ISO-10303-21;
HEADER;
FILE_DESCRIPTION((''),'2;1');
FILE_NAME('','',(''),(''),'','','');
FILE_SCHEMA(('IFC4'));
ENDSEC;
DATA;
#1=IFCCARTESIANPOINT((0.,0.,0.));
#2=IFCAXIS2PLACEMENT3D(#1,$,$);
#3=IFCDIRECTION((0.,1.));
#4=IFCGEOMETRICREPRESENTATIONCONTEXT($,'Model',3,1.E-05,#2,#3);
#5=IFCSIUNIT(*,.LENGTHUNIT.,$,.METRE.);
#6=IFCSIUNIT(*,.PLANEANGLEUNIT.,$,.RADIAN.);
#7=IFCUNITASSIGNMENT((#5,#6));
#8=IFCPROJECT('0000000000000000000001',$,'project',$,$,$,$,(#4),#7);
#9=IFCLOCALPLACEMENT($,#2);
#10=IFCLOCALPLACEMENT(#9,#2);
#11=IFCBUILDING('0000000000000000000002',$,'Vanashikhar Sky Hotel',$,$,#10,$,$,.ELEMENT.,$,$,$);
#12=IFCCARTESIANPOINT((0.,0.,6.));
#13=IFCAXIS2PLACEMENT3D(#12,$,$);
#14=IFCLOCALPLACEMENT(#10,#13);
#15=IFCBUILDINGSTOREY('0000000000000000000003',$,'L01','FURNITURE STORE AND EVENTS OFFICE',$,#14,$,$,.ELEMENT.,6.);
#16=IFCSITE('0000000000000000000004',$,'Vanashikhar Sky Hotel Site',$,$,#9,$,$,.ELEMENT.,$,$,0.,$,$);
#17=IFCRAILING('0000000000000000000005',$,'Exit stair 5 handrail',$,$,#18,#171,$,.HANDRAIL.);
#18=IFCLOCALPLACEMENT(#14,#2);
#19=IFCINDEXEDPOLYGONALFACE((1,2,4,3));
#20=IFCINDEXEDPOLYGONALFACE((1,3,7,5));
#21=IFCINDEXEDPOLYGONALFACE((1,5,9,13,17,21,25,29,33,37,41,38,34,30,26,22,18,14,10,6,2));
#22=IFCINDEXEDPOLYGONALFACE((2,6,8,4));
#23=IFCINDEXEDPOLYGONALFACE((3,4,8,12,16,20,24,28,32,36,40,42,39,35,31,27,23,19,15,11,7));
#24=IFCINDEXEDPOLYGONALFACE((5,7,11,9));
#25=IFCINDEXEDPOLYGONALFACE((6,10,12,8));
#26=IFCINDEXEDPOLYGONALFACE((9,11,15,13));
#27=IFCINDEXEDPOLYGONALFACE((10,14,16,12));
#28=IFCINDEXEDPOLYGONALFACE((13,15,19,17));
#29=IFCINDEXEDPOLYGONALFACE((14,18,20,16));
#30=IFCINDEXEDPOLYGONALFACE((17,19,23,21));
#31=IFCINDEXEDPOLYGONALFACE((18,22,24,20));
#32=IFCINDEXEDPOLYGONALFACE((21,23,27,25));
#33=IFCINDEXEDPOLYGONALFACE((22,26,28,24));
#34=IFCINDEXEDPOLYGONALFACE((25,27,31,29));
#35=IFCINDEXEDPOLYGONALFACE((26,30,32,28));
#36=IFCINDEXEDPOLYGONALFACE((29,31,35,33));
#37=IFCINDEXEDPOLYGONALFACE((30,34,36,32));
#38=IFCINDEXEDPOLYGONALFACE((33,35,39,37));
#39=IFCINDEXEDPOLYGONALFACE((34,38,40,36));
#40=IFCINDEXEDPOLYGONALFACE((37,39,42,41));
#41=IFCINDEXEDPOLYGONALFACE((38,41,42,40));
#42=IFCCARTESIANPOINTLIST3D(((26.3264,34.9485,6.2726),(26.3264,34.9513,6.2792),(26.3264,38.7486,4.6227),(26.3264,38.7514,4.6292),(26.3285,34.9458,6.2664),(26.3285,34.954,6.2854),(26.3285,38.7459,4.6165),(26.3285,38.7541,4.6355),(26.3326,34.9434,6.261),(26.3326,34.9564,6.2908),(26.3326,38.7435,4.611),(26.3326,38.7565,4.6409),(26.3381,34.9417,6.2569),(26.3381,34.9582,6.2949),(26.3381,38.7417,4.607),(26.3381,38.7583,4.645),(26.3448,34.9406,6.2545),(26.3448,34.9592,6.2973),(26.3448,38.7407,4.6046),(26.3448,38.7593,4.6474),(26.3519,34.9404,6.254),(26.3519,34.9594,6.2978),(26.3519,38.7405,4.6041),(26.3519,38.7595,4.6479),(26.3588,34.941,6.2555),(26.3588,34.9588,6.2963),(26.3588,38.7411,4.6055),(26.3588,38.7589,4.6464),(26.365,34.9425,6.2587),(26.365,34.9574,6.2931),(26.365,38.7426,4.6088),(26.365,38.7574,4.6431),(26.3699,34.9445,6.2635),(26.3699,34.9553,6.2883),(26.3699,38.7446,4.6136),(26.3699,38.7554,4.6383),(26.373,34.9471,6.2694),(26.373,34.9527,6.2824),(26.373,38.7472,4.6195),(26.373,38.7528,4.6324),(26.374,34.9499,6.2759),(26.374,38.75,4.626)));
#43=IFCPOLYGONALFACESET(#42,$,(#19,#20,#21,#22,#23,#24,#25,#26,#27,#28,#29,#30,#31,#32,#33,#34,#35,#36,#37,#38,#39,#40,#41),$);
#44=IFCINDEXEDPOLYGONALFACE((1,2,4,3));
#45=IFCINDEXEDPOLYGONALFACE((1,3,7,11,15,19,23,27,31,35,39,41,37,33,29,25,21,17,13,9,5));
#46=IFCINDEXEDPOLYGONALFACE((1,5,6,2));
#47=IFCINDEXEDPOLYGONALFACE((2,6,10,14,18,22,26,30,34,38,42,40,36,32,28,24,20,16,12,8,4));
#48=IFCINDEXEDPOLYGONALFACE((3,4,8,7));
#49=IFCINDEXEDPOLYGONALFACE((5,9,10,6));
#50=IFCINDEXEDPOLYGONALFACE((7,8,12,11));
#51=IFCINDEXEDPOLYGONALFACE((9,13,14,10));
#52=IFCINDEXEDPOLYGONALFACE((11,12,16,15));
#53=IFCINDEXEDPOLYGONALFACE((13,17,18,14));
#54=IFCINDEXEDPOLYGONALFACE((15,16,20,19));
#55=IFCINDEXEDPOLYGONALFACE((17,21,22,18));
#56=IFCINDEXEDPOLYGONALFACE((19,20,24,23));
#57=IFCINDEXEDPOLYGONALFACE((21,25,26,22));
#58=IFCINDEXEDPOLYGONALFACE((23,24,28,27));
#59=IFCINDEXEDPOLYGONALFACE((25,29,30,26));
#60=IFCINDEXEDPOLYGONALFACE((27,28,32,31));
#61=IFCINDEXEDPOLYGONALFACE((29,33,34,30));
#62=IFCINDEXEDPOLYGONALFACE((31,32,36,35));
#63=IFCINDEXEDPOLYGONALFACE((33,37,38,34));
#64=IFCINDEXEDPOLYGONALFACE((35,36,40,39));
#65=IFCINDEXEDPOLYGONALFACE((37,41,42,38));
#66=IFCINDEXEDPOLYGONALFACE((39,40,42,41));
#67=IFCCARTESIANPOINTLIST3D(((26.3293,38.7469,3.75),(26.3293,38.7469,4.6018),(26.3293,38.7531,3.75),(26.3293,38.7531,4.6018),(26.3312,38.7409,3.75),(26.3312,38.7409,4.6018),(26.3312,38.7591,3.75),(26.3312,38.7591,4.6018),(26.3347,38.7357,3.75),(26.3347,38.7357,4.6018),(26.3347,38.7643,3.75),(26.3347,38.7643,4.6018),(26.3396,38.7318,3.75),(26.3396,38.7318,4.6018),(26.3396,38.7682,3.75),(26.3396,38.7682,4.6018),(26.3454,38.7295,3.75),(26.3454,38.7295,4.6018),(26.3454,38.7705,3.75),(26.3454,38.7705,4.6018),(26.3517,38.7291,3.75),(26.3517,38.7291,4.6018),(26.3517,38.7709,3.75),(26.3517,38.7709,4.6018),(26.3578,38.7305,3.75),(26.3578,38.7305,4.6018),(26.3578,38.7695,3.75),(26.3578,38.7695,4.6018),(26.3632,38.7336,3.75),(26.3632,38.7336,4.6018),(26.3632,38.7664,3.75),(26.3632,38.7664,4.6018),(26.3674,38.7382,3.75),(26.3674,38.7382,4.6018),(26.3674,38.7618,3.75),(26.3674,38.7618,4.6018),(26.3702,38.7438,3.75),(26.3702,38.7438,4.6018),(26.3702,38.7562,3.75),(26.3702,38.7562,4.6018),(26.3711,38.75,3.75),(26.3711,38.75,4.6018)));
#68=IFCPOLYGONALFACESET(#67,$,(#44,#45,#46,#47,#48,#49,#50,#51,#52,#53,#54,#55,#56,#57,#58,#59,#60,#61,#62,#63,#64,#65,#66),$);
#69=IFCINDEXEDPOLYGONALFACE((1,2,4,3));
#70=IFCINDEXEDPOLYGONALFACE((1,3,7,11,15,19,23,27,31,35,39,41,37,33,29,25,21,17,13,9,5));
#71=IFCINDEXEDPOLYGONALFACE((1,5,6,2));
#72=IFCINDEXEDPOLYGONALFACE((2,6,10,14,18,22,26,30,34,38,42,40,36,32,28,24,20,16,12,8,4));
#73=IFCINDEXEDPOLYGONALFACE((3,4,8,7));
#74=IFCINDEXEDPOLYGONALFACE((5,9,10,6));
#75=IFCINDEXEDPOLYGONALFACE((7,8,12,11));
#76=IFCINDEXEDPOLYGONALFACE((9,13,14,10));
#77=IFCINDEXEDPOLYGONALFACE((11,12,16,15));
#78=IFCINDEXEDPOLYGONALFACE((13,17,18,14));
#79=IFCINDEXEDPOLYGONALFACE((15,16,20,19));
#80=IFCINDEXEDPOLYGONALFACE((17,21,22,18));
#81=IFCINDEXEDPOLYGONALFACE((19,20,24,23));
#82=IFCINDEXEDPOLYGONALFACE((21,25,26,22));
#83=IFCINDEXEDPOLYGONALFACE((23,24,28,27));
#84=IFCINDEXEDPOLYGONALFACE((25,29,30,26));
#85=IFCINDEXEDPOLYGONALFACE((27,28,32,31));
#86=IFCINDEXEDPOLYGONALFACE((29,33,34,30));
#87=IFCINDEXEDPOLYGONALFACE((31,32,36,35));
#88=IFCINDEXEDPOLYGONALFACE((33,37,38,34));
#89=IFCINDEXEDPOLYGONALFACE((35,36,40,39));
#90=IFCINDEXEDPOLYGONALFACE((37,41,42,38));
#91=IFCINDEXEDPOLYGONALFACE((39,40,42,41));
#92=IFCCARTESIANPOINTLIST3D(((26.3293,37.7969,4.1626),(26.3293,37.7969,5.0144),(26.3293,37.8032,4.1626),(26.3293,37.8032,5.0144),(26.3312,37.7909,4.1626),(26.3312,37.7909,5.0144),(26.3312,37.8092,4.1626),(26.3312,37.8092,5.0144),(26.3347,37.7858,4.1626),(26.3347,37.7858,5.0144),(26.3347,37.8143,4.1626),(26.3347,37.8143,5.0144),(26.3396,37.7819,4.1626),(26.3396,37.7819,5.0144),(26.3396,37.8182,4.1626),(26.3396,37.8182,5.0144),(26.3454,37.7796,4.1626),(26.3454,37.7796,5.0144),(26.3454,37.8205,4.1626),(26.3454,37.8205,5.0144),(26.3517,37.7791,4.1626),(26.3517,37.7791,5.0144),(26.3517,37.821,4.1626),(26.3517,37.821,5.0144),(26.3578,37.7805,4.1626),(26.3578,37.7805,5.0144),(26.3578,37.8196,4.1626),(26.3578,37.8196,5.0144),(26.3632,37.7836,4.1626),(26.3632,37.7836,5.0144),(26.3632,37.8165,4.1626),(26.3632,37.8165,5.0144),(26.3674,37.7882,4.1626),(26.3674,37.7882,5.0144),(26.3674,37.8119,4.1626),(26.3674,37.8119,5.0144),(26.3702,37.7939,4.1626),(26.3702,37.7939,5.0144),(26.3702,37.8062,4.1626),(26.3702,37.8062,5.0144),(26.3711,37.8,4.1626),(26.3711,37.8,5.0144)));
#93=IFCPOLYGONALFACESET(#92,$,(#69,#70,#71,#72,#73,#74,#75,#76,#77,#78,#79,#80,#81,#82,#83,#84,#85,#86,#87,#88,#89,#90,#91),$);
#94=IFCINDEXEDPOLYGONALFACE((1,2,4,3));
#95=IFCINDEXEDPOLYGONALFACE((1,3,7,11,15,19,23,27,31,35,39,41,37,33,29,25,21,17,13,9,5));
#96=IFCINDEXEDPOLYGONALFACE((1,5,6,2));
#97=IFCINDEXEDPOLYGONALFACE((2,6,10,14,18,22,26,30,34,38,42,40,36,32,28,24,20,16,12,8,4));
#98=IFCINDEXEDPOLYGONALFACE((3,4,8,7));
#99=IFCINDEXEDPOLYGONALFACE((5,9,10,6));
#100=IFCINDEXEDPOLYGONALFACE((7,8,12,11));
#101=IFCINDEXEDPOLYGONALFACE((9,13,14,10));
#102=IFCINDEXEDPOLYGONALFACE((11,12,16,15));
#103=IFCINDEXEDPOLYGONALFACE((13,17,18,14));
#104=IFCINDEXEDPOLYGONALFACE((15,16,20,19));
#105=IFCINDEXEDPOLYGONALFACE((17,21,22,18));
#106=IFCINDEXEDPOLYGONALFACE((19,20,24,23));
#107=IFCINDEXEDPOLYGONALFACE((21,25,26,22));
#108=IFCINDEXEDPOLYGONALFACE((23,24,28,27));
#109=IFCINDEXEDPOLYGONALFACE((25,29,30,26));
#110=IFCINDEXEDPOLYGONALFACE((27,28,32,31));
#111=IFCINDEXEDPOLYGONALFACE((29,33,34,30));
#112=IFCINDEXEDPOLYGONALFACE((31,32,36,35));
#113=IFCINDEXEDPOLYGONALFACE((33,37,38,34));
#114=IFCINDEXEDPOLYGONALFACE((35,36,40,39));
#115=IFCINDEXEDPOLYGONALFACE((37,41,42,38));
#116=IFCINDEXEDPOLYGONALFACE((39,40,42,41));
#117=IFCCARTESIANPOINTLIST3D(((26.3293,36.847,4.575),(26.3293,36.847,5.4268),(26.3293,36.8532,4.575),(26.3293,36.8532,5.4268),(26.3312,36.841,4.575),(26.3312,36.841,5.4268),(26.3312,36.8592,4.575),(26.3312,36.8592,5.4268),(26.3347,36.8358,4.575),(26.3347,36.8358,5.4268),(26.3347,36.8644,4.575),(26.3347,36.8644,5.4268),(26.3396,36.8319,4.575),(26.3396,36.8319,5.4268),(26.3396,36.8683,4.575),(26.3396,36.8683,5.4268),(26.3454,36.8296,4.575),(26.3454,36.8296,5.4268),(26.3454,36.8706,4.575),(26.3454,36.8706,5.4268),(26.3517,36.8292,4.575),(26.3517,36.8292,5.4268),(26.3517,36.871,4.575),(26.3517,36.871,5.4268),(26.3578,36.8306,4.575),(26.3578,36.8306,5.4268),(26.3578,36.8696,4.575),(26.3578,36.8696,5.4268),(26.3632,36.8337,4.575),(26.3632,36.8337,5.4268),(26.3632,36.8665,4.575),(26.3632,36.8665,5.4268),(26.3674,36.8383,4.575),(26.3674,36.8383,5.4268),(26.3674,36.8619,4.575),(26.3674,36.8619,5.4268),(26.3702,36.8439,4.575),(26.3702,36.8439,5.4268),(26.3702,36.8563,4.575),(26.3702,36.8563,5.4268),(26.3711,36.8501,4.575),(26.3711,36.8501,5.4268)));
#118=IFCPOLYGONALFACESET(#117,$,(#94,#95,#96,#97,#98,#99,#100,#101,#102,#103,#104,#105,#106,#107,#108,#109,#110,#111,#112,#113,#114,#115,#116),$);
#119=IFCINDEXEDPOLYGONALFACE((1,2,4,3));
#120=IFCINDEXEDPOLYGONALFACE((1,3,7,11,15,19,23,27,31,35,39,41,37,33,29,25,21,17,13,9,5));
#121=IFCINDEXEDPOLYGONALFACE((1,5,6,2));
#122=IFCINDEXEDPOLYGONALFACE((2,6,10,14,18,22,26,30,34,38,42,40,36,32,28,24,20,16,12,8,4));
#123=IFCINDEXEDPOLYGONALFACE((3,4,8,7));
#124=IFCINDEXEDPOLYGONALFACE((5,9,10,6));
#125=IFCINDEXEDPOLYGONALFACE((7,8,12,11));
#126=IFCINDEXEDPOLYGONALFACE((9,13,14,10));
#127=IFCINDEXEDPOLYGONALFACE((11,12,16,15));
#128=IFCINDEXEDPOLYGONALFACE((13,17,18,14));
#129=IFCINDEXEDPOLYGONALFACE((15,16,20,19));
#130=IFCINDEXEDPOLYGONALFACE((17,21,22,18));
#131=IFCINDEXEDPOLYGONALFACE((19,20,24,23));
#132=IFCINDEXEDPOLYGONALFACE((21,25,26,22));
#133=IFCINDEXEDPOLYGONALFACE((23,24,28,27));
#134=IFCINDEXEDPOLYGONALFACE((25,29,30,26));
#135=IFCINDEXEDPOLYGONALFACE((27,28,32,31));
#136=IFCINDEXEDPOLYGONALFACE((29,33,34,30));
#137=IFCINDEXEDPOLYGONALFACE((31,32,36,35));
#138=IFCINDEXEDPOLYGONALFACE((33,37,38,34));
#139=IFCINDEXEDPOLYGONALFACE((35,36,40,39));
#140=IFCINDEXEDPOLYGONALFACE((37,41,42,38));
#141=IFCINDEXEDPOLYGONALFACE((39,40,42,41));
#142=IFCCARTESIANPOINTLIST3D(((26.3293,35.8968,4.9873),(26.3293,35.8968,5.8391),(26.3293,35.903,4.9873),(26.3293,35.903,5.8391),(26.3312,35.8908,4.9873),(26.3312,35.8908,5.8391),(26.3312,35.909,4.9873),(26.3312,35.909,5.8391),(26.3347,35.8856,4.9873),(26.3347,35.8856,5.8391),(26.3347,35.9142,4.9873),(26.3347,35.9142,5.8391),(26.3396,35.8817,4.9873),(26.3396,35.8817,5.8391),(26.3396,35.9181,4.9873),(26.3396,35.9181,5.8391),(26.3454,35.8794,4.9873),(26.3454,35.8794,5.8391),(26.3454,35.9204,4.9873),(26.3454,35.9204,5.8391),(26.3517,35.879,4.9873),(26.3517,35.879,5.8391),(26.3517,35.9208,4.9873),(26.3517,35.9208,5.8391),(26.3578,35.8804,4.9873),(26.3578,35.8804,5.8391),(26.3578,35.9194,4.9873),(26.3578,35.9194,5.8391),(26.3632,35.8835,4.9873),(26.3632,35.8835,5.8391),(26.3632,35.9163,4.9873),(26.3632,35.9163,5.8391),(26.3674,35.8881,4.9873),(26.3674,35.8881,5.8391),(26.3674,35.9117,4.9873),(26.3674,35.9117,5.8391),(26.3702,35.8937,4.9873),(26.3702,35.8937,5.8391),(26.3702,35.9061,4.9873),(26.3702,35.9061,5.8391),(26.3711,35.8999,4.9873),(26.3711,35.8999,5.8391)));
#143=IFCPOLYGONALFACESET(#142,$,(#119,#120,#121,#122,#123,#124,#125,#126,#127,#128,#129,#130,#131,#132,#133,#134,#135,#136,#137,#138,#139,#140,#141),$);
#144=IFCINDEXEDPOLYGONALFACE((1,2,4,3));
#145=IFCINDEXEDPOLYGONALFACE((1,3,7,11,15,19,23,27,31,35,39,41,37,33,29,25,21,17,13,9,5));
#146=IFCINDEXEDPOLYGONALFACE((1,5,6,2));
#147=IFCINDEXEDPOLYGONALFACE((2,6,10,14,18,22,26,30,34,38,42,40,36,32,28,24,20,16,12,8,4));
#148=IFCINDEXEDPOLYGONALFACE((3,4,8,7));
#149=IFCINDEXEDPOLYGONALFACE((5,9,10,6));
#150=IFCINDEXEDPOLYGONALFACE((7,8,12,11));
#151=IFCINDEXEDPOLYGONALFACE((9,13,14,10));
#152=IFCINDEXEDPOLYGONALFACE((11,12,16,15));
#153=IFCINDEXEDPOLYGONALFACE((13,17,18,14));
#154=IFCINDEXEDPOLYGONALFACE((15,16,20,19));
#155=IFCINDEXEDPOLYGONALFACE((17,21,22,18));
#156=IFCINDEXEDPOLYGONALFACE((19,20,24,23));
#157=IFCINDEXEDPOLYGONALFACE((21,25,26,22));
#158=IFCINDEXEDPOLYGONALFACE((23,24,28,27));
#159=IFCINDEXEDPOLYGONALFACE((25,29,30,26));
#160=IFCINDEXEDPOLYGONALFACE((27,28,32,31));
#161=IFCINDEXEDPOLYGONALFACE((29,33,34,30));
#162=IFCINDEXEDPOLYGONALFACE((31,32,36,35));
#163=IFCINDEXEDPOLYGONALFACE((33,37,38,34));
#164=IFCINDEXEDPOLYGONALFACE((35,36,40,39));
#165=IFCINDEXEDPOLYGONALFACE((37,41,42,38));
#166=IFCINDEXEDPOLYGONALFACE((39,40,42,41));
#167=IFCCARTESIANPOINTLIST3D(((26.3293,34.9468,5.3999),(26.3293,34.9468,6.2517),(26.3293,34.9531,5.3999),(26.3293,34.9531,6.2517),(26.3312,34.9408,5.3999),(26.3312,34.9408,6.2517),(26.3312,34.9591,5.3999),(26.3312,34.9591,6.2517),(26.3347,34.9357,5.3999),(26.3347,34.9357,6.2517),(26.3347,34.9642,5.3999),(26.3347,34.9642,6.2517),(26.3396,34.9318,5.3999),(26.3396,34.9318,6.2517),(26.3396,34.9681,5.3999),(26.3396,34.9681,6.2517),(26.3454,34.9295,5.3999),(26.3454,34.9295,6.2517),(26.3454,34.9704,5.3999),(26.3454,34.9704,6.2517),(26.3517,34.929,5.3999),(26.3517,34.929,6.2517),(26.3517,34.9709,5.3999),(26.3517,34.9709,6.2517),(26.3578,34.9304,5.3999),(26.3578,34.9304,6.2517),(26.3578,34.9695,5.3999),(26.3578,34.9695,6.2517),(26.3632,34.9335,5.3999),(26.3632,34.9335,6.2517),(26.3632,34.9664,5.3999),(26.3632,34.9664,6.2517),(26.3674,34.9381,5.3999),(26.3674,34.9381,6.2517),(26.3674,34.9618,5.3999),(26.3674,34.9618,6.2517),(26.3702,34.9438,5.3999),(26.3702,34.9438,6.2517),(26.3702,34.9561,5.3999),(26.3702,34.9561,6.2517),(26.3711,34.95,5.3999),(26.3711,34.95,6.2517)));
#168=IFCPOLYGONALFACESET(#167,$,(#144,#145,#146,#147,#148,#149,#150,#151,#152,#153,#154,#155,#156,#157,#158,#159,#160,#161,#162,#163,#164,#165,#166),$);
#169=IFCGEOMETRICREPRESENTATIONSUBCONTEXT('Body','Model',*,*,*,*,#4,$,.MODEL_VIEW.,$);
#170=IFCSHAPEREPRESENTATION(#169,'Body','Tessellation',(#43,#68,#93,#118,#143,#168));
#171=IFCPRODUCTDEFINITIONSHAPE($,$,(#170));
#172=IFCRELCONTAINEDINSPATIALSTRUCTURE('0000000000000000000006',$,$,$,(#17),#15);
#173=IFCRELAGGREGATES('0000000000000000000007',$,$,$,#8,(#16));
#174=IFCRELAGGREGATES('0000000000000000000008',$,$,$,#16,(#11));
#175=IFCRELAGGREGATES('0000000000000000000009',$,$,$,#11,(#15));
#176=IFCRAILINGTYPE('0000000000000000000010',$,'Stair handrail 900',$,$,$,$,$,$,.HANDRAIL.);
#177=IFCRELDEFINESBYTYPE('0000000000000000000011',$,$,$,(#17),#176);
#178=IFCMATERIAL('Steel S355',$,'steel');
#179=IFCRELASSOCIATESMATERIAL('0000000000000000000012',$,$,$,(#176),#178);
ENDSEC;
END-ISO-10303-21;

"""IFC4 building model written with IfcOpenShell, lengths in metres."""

from ifc_helpers import new_model, si_unit, direction, frame, origin, origin_2d, place, context, subcontext, project, spatial, circle, extrude, source, transform, mapped, material, type_object, element, save


model = new_model("IFC4")

# Units and contexts
model_context = context("Model", 3, precision=1e-05, world=origin(), true_north=direction((0.0, 1.0)))
body_context = subcontext(model_context, "Body", "Model", "MODEL_VIEW")
ifc_project = project(units=[si_unit("LENGTHUNIT", "METRE"), si_unit("PLANEANGLEUNIT", "RADIAN")], contexts=[model_context])

# Site, building, storey
site_placement = place(None, origin())
site = spatial("IfcSite", under=ifc_project, at=site_placement, Name="Vanashikhar Sky Hotel Site", CompositionType="ELEMENT", RefElevation=0.0)
building_placement = place(site_placement, origin())
building = spatial("IfcBuilding", under=site, at=building_placement, Name="Vanashikhar Sky Hotel", CompositionType="ELEMENT")
storey_placement = place(building_placement, frame((0.0, 0.0, 6.0)))
storey = spatial("IfcBuildingStorey", under=building, at=storey_placement, Name="L01", Description="FURNITURE STORE AND EVENTS OFFICE", CompositionType="ELEMENT", Elevation=6.0)

# Railing
ifc_material_1 = material(Name="Steel S355", Category="steel")
railing_type_1 = type_object("IfcRailingType", Name="Stair handrail 900", PredefinedType="HANDRAIL", material=ifc_material_1)
shared_shape_1 = source(origin(), body_context, "Body", "SweptSolid", [
    extrude(circle(Radius=0.0239, at=origin_2d()), frame((0.0, 0.0, 0.876), z_axis=(0.0, -0.917272, 0.398261), x_axis=(1.0, 0.0, 0.0)), (0.0, 0.0, 1.0), 4.1428),
    extrude(circle(Radius=0.021, at=origin_2d()), origin(), (0.0, 0.0, 1.0), 0.8518),
    extrude(circle(Radius=0.021, at=origin_2d()), frame((0.0, -0.95, 0.4126)), (0.0, 0.0, 1.0), 0.8518),
    extrude(circle(Radius=0.021, at=origin_2d()), frame((0.0, -1.8999, 0.825)), (0.0, 0.0, 1.0), 0.8518),
    extrude(circle(Radius=0.021, at=origin_2d()), frame((0.0, -2.8501, 1.2373)), (0.0, 0.0, 1.0), 0.8518),
    extrude(circle(Radius=0.021, at=origin_2d()), frame((0.0, -3.8, 1.6499)), (0.0, 0.0, 1.0), 0.8518),
])
railing_1_placement = place(storey_placement, frame((26.3501, 38.75, 3.75)))
element("IfcRailing", 1, at=railing_1_placement, inside=storey, type_object=railing_type_1, Name="Exit stair 5 handrail", PredefinedType="HANDRAIL", context=body_context, shape_type="MappedRepresentation", body=[
    mapped(shared_shape_1, transform((0.0, 0.0, 0.0), scale=1.0)),
])

save(model, "model.ifc")
